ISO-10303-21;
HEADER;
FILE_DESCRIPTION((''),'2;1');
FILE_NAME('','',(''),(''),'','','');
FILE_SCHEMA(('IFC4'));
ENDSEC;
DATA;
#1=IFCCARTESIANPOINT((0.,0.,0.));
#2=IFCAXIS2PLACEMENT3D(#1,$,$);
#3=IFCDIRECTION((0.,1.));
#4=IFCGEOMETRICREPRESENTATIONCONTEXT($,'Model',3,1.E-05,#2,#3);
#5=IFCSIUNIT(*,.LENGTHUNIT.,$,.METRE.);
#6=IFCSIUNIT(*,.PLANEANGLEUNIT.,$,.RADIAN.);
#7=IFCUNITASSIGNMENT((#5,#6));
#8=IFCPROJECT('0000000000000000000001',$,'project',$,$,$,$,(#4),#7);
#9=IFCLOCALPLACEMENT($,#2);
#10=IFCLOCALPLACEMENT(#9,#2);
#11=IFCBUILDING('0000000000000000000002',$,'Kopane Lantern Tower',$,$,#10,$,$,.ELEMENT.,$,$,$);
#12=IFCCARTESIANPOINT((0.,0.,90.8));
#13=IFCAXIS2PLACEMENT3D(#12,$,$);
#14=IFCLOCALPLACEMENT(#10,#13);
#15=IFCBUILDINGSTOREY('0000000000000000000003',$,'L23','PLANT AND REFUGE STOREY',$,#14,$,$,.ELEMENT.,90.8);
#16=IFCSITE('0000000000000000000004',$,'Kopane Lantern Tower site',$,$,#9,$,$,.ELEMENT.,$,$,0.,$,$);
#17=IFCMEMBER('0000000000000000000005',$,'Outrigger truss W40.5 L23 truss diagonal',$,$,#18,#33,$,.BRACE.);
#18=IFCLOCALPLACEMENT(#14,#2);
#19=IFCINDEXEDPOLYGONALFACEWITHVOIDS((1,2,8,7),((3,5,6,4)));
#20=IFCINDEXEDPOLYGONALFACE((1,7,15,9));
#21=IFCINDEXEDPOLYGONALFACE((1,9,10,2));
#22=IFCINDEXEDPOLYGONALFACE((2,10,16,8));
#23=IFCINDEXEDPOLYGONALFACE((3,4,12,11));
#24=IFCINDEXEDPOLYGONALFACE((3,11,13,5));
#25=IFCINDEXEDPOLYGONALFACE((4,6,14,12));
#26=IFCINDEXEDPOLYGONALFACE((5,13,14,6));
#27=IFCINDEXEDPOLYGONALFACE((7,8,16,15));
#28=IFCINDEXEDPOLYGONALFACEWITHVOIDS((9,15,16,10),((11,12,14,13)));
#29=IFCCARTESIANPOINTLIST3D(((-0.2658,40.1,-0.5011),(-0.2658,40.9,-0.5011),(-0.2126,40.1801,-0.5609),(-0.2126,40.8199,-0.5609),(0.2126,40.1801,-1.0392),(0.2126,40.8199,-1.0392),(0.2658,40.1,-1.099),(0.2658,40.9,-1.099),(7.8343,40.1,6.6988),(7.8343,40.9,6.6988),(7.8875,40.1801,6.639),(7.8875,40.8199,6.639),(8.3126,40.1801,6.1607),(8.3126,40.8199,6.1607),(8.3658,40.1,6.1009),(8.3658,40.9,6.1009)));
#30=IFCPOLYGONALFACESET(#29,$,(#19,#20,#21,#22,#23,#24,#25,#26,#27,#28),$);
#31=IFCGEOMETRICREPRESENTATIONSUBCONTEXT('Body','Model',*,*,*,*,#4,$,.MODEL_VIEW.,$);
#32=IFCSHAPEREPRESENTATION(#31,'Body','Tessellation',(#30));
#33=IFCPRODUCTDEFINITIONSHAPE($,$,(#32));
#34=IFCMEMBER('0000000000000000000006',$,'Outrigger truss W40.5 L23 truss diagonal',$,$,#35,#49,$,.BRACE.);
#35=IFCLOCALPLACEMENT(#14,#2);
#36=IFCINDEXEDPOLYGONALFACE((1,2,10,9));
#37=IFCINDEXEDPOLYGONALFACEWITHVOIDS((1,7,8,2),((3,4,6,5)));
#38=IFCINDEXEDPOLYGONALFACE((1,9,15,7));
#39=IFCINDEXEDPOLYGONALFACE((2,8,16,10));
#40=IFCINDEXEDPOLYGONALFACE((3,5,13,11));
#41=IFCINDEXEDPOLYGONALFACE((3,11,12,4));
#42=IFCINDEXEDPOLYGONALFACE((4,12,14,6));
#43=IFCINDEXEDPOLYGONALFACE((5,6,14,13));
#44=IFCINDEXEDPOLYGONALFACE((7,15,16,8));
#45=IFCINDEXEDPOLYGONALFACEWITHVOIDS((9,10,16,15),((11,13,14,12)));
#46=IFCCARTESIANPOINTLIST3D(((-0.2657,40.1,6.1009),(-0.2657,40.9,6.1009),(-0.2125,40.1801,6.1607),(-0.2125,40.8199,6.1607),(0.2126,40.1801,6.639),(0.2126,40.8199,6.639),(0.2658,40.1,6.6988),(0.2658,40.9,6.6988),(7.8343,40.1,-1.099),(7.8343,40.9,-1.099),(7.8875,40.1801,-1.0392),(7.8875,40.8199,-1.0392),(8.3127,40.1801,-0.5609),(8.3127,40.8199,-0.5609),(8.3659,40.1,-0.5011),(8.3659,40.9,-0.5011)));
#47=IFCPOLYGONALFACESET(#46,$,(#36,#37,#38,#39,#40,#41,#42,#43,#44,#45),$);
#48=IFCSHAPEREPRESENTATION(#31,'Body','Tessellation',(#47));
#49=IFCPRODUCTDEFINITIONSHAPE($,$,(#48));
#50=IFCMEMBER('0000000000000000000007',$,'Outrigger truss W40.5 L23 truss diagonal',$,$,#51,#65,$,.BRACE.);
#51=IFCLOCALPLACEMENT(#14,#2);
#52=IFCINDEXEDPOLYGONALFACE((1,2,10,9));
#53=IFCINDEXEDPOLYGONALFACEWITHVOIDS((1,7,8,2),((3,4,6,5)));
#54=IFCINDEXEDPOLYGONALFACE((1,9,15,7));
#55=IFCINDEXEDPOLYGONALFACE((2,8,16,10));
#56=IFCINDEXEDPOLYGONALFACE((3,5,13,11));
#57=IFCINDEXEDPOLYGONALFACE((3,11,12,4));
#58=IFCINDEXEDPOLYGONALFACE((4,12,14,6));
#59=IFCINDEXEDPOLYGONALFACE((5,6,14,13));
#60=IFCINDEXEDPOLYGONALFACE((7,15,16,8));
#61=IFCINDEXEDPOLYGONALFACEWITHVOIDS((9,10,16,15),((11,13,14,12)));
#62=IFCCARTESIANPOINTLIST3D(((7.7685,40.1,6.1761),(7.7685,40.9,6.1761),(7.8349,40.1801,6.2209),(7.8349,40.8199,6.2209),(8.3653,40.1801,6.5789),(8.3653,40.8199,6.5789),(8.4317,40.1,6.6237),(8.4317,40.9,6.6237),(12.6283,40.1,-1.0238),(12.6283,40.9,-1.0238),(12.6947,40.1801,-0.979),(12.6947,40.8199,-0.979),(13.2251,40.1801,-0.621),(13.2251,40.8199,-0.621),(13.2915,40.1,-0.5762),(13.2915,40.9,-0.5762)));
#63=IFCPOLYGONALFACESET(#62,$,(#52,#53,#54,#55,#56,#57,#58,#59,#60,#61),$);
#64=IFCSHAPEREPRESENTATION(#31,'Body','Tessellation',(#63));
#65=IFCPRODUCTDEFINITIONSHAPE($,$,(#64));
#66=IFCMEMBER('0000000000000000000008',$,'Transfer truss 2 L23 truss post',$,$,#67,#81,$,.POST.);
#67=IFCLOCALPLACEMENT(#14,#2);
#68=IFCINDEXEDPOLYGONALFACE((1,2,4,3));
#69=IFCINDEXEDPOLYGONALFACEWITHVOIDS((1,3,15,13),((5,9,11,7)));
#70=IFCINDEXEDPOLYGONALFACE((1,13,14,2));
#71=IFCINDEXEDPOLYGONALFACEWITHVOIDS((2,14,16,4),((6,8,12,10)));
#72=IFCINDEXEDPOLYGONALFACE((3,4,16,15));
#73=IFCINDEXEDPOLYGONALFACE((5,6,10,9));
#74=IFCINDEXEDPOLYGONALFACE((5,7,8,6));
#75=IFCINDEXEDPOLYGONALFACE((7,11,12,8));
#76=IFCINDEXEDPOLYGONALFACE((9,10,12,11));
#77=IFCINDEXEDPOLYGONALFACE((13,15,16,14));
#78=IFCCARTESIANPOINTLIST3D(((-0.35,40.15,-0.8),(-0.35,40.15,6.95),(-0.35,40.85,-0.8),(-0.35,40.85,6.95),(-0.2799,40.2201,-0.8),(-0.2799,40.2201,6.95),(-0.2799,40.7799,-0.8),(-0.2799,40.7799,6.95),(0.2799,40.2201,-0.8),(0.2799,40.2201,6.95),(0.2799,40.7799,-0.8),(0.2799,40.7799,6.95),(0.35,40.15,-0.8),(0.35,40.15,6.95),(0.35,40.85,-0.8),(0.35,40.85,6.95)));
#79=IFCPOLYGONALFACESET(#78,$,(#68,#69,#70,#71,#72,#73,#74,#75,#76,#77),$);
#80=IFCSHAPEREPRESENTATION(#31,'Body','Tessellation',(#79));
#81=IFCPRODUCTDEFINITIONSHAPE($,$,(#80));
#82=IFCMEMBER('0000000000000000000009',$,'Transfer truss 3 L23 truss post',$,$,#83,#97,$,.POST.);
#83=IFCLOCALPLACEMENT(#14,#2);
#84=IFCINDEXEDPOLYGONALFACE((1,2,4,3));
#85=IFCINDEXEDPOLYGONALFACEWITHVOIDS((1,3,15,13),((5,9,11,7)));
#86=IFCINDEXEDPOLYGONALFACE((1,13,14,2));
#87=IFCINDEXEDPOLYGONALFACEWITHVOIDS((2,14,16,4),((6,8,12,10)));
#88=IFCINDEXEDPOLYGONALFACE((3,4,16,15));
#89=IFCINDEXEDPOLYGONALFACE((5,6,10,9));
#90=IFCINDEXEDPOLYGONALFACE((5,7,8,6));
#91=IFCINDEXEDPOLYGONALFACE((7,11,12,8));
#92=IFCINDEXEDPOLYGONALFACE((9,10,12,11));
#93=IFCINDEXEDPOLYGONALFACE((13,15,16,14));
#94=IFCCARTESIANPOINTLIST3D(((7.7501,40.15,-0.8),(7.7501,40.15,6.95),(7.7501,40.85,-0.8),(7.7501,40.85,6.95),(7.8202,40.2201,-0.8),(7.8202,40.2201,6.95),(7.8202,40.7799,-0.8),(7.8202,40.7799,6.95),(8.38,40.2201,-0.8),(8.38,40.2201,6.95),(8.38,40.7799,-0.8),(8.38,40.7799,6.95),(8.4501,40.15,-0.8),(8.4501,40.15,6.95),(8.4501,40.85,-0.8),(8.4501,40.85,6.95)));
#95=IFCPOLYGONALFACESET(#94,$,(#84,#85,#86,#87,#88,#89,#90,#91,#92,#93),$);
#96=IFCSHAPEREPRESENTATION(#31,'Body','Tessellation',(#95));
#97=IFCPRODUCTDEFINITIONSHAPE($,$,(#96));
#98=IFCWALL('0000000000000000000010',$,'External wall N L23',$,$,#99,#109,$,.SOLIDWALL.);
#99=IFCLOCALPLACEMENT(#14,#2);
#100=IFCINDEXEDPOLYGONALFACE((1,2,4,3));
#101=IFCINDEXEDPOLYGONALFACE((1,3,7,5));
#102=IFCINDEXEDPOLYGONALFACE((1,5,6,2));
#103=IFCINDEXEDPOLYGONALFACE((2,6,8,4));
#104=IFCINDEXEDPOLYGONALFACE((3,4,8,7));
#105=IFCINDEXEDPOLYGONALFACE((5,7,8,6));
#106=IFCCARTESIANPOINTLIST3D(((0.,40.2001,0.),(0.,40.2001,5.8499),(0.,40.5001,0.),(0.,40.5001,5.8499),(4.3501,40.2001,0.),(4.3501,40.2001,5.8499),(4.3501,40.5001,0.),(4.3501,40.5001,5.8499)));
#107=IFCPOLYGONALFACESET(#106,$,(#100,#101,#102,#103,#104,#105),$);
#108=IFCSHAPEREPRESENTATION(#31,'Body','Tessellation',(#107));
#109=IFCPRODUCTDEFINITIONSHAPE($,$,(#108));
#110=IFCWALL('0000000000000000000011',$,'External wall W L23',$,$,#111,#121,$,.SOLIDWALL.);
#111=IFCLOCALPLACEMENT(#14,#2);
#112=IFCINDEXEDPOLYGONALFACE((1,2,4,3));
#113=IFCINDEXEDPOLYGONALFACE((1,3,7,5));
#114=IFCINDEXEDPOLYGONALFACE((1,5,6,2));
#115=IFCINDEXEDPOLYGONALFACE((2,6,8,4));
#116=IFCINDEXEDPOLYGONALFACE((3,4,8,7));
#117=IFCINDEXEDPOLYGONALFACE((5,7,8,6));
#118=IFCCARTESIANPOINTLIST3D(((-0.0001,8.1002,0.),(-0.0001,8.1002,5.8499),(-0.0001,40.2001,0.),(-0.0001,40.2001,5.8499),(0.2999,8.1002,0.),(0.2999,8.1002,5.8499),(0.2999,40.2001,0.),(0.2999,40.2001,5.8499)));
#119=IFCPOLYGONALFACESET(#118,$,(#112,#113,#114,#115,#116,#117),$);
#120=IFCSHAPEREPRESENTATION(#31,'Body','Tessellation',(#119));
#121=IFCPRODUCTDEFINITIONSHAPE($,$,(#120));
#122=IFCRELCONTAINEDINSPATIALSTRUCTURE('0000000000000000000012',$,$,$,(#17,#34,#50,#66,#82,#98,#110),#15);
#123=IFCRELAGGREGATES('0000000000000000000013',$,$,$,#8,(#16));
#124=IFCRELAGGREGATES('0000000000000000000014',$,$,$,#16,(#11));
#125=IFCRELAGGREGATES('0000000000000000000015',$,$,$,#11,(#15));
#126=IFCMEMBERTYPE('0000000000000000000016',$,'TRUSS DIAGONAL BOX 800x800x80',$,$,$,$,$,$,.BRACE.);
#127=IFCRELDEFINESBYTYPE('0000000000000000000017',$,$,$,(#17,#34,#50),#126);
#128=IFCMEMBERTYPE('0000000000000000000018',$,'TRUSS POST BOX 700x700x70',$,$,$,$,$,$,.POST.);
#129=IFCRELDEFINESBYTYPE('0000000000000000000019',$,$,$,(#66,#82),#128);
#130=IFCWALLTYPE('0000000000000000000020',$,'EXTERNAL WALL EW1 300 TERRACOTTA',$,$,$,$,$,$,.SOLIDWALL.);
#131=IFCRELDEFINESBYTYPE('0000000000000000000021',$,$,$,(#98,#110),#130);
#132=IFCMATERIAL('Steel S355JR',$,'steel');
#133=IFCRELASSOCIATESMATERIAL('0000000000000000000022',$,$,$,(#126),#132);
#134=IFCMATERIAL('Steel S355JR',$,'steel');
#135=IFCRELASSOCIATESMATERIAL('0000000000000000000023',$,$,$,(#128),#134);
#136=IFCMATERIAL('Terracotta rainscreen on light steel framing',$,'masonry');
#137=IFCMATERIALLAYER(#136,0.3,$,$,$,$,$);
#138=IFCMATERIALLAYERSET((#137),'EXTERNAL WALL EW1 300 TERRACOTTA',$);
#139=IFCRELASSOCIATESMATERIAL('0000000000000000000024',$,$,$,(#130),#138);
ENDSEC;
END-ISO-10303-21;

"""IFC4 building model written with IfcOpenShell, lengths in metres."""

from ifc_helpers import new_model, si_unit, direction, frame, frame_2d, origin, origin_2d, place, context, subcontext, project, spatial, rectangle, hollow_rectangle, extrude, material, layer, layer_set, material_profile, profile_set, type_object, element, save


model = new_model("IFC4")

# Units and contexts
model_context = context("Model", 3, precision=1e-05, world=origin(), true_north=direction((0.0, 1.0)))
body_context = subcontext(model_context, "Body", "Model", "MODEL_VIEW")
ifc_project = project(units=[si_unit("LENGTHUNIT", "METRE"), si_unit("PLANEANGLEUNIT", "RADIAN")], contexts=[model_context])

# Site, building, storey
site_placement = place(None, origin())
site = spatial("IfcSite", under=ifc_project, at=site_placement, Name="Kopane Lantern Tower site", CompositionType="ELEMENT", RefElevation=0.0)
building_placement = place(site_placement, origin())
building = spatial("IfcBuilding", under=site, at=building_placement, Name="Kopane Lantern Tower", CompositionType="ELEMENT")
storey_placement = place(building_placement, frame((0.0, 0.0, 90.8)))
storey = spatial("IfcBuildingStorey", under=building, at=storey_placement, Name="L23", Description="PLANT AND REFUGE STOREY", CompositionType="ELEMENT", Elevation=90.8)

# Members
ifc_material_1 = material(Name="Steel S355JR", Category="steel")
ifc_material_profile_1 = material_profile(ifc_material_1, hollow_rectangle(XDim=0.8, YDim=0.8, WallThickness=0.0801, at=origin_2d()), Name="BOX 800x800x80")
ifc_profile_set_1 = profile_set([ifc_material_profile_1], Name="Steel S355JR")
member_type_1 = type_object("IfcMemberType", Name="TRUSS DIAGONAL BOX 800x800x80", PredefinedType="BRACE", material=ifc_profile_set_1)
for number, where, z_axis, x_axis, name in (
    (1, (0.0, 40.5, -0.8), (0.747416, 0.0, 0.664357), (0.0, 1.0, 0.0), "Outrigger truss W40.5 L23 truss diagonal"),
    (2, (8.1001, 40.5, -0.8), (-0.747416, 0.0, 0.664357), (0.0, -1.0, 0.0), "Outrigger truss W40.5 L23 truss diagonal"),
):
    element("IfcMember", number, at=place(storey_placement, frame(where, z_axis=z_axis, x_axis=x_axis)), inside=storey, type_object=member_type_1, Name=name, PredefinedType="BRACE", context=body_context, shape_type="SweptSolid", body=[
        extrude(hollow_rectangle(XDim=0.8, YDim=0.8, WallThickness=0.0801, at=origin_2d()), origin(), (0.0, 0.0, 1.0), 10.8374),
    ])
member_1_placement = place(storey_placement, frame((8.1001, 40.5, 6.3999), z_axis=(0.559465, 0.0, -0.828854), x_axis=(0.0, 1.0, 0.0)))
element("IfcMember", 3, at=member_1_placement, inside=storey, type_object=member_type_1, Name="Outrigger truss W40.5 L23 truss diagonal", PredefinedType="BRACE", context=body_context, shape_type="SweptSolid", body=[
    extrude(hollow_rectangle(XDim=0.8, YDim=0.8, WallThickness=0.0801, at=origin_2d()), origin(), (0.0, 0.0, 1.0), 8.6865),
])
ifc_material_2 = material(Name="Steel S355JR", Category="steel")
ifc_material_profile_2 = material_profile(ifc_material_2, hollow_rectangle(XDim=0.7, YDim=0.7, WallThickness=0.0701, at=origin_2d()), Name="BOX 700x700x70")
ifc_profile_set_2 = profile_set([ifc_material_profile_2], Name="Steel S355JR")
member_type_2 = type_object("IfcMemberType", Name="TRUSS POST BOX 700x700x70", PredefinedType="POST", material=ifc_profile_set_2)
for number, where, z_axis, x_axis, name in (
    (4, (0.0, 40.5, -0.8), (0.0, 0.0, 1.0), (1.0, 0.0, 0.0), "Transfer truss 2 L23 truss post"),
    (5, (8.1001, 40.5, -0.8), (0.0, 0.0, 1.0), (1.0, 0.0, 0.0), "Transfer truss 3 L23 truss post"),
):
    element("IfcMember", number, at=place(storey_placement, frame(where, z_axis=z_axis, x_axis=x_axis)), inside=storey, type_object=member_type_2, Name=name, PredefinedType="POST", context=body_context, shape_type="SweptSolid", body=[
        extrude(hollow_rectangle(XDim=0.7, YDim=0.7, WallThickness=0.0701, at=origin_2d()), origin(), (0.0, 0.0, 1.0), 7.75),
    ])

# Walls
ifc_material_3 = material(Name="Terracotta rainscreen on light steel framing", Category="masonry")
ifc_layer = layer(ifc_material_3, 0.3)
ifc_layer_set = layer_set([ifc_layer], Name="EXTERNAL WALL EW1 300 TERRACOTTA")
wall_type = type_object("IfcWallType", Name="EXTERNAL WALL EW1 300 TERRACOTTA", PredefinedType="SOLIDWALL", material=ifc_layer_set)
wall_1_placement = place(storey_placement, frame((4.3501, 40.3501, 0.0), z_axis=(0.0, 0.0, 1.0), x_axis=(-1.0, 0.0, 0.0)))
element("IfcWall", 6, at=wall_1_placement, inside=storey, type_object=wall_type, Name="External wall N L23", PredefinedType="SOLIDWALL", context=body_context, shape_type="SweptSolid", body=[
    extrude(rectangle(XDim=4.3501, YDim=0.3, at=frame_2d((2.175, 0.0))), origin(), (0.0, 0.0, 1.0), 5.8499),
])
wall_2_placement = place(storey_placement, frame((0.1499, 40.2, 0.0), z_axis=(0.0, 0.0, 1.0), x_axis=(0.0, -1.0, 0.0)))
element("IfcWall", 7, at=wall_2_placement, inside=storey, type_object=wall_type, Name="External wall W L23", PredefinedType="SOLIDWALL", context=body_context, shape_type="SweptSolid", body=[
    extrude(rectangle(XDim=32.0999, YDim=0.3, at=frame_2d((16.0498, 0.0))), origin(), (0.0, 0.0, 1.0), 5.8499),
])

save(model, "model.ifc")
